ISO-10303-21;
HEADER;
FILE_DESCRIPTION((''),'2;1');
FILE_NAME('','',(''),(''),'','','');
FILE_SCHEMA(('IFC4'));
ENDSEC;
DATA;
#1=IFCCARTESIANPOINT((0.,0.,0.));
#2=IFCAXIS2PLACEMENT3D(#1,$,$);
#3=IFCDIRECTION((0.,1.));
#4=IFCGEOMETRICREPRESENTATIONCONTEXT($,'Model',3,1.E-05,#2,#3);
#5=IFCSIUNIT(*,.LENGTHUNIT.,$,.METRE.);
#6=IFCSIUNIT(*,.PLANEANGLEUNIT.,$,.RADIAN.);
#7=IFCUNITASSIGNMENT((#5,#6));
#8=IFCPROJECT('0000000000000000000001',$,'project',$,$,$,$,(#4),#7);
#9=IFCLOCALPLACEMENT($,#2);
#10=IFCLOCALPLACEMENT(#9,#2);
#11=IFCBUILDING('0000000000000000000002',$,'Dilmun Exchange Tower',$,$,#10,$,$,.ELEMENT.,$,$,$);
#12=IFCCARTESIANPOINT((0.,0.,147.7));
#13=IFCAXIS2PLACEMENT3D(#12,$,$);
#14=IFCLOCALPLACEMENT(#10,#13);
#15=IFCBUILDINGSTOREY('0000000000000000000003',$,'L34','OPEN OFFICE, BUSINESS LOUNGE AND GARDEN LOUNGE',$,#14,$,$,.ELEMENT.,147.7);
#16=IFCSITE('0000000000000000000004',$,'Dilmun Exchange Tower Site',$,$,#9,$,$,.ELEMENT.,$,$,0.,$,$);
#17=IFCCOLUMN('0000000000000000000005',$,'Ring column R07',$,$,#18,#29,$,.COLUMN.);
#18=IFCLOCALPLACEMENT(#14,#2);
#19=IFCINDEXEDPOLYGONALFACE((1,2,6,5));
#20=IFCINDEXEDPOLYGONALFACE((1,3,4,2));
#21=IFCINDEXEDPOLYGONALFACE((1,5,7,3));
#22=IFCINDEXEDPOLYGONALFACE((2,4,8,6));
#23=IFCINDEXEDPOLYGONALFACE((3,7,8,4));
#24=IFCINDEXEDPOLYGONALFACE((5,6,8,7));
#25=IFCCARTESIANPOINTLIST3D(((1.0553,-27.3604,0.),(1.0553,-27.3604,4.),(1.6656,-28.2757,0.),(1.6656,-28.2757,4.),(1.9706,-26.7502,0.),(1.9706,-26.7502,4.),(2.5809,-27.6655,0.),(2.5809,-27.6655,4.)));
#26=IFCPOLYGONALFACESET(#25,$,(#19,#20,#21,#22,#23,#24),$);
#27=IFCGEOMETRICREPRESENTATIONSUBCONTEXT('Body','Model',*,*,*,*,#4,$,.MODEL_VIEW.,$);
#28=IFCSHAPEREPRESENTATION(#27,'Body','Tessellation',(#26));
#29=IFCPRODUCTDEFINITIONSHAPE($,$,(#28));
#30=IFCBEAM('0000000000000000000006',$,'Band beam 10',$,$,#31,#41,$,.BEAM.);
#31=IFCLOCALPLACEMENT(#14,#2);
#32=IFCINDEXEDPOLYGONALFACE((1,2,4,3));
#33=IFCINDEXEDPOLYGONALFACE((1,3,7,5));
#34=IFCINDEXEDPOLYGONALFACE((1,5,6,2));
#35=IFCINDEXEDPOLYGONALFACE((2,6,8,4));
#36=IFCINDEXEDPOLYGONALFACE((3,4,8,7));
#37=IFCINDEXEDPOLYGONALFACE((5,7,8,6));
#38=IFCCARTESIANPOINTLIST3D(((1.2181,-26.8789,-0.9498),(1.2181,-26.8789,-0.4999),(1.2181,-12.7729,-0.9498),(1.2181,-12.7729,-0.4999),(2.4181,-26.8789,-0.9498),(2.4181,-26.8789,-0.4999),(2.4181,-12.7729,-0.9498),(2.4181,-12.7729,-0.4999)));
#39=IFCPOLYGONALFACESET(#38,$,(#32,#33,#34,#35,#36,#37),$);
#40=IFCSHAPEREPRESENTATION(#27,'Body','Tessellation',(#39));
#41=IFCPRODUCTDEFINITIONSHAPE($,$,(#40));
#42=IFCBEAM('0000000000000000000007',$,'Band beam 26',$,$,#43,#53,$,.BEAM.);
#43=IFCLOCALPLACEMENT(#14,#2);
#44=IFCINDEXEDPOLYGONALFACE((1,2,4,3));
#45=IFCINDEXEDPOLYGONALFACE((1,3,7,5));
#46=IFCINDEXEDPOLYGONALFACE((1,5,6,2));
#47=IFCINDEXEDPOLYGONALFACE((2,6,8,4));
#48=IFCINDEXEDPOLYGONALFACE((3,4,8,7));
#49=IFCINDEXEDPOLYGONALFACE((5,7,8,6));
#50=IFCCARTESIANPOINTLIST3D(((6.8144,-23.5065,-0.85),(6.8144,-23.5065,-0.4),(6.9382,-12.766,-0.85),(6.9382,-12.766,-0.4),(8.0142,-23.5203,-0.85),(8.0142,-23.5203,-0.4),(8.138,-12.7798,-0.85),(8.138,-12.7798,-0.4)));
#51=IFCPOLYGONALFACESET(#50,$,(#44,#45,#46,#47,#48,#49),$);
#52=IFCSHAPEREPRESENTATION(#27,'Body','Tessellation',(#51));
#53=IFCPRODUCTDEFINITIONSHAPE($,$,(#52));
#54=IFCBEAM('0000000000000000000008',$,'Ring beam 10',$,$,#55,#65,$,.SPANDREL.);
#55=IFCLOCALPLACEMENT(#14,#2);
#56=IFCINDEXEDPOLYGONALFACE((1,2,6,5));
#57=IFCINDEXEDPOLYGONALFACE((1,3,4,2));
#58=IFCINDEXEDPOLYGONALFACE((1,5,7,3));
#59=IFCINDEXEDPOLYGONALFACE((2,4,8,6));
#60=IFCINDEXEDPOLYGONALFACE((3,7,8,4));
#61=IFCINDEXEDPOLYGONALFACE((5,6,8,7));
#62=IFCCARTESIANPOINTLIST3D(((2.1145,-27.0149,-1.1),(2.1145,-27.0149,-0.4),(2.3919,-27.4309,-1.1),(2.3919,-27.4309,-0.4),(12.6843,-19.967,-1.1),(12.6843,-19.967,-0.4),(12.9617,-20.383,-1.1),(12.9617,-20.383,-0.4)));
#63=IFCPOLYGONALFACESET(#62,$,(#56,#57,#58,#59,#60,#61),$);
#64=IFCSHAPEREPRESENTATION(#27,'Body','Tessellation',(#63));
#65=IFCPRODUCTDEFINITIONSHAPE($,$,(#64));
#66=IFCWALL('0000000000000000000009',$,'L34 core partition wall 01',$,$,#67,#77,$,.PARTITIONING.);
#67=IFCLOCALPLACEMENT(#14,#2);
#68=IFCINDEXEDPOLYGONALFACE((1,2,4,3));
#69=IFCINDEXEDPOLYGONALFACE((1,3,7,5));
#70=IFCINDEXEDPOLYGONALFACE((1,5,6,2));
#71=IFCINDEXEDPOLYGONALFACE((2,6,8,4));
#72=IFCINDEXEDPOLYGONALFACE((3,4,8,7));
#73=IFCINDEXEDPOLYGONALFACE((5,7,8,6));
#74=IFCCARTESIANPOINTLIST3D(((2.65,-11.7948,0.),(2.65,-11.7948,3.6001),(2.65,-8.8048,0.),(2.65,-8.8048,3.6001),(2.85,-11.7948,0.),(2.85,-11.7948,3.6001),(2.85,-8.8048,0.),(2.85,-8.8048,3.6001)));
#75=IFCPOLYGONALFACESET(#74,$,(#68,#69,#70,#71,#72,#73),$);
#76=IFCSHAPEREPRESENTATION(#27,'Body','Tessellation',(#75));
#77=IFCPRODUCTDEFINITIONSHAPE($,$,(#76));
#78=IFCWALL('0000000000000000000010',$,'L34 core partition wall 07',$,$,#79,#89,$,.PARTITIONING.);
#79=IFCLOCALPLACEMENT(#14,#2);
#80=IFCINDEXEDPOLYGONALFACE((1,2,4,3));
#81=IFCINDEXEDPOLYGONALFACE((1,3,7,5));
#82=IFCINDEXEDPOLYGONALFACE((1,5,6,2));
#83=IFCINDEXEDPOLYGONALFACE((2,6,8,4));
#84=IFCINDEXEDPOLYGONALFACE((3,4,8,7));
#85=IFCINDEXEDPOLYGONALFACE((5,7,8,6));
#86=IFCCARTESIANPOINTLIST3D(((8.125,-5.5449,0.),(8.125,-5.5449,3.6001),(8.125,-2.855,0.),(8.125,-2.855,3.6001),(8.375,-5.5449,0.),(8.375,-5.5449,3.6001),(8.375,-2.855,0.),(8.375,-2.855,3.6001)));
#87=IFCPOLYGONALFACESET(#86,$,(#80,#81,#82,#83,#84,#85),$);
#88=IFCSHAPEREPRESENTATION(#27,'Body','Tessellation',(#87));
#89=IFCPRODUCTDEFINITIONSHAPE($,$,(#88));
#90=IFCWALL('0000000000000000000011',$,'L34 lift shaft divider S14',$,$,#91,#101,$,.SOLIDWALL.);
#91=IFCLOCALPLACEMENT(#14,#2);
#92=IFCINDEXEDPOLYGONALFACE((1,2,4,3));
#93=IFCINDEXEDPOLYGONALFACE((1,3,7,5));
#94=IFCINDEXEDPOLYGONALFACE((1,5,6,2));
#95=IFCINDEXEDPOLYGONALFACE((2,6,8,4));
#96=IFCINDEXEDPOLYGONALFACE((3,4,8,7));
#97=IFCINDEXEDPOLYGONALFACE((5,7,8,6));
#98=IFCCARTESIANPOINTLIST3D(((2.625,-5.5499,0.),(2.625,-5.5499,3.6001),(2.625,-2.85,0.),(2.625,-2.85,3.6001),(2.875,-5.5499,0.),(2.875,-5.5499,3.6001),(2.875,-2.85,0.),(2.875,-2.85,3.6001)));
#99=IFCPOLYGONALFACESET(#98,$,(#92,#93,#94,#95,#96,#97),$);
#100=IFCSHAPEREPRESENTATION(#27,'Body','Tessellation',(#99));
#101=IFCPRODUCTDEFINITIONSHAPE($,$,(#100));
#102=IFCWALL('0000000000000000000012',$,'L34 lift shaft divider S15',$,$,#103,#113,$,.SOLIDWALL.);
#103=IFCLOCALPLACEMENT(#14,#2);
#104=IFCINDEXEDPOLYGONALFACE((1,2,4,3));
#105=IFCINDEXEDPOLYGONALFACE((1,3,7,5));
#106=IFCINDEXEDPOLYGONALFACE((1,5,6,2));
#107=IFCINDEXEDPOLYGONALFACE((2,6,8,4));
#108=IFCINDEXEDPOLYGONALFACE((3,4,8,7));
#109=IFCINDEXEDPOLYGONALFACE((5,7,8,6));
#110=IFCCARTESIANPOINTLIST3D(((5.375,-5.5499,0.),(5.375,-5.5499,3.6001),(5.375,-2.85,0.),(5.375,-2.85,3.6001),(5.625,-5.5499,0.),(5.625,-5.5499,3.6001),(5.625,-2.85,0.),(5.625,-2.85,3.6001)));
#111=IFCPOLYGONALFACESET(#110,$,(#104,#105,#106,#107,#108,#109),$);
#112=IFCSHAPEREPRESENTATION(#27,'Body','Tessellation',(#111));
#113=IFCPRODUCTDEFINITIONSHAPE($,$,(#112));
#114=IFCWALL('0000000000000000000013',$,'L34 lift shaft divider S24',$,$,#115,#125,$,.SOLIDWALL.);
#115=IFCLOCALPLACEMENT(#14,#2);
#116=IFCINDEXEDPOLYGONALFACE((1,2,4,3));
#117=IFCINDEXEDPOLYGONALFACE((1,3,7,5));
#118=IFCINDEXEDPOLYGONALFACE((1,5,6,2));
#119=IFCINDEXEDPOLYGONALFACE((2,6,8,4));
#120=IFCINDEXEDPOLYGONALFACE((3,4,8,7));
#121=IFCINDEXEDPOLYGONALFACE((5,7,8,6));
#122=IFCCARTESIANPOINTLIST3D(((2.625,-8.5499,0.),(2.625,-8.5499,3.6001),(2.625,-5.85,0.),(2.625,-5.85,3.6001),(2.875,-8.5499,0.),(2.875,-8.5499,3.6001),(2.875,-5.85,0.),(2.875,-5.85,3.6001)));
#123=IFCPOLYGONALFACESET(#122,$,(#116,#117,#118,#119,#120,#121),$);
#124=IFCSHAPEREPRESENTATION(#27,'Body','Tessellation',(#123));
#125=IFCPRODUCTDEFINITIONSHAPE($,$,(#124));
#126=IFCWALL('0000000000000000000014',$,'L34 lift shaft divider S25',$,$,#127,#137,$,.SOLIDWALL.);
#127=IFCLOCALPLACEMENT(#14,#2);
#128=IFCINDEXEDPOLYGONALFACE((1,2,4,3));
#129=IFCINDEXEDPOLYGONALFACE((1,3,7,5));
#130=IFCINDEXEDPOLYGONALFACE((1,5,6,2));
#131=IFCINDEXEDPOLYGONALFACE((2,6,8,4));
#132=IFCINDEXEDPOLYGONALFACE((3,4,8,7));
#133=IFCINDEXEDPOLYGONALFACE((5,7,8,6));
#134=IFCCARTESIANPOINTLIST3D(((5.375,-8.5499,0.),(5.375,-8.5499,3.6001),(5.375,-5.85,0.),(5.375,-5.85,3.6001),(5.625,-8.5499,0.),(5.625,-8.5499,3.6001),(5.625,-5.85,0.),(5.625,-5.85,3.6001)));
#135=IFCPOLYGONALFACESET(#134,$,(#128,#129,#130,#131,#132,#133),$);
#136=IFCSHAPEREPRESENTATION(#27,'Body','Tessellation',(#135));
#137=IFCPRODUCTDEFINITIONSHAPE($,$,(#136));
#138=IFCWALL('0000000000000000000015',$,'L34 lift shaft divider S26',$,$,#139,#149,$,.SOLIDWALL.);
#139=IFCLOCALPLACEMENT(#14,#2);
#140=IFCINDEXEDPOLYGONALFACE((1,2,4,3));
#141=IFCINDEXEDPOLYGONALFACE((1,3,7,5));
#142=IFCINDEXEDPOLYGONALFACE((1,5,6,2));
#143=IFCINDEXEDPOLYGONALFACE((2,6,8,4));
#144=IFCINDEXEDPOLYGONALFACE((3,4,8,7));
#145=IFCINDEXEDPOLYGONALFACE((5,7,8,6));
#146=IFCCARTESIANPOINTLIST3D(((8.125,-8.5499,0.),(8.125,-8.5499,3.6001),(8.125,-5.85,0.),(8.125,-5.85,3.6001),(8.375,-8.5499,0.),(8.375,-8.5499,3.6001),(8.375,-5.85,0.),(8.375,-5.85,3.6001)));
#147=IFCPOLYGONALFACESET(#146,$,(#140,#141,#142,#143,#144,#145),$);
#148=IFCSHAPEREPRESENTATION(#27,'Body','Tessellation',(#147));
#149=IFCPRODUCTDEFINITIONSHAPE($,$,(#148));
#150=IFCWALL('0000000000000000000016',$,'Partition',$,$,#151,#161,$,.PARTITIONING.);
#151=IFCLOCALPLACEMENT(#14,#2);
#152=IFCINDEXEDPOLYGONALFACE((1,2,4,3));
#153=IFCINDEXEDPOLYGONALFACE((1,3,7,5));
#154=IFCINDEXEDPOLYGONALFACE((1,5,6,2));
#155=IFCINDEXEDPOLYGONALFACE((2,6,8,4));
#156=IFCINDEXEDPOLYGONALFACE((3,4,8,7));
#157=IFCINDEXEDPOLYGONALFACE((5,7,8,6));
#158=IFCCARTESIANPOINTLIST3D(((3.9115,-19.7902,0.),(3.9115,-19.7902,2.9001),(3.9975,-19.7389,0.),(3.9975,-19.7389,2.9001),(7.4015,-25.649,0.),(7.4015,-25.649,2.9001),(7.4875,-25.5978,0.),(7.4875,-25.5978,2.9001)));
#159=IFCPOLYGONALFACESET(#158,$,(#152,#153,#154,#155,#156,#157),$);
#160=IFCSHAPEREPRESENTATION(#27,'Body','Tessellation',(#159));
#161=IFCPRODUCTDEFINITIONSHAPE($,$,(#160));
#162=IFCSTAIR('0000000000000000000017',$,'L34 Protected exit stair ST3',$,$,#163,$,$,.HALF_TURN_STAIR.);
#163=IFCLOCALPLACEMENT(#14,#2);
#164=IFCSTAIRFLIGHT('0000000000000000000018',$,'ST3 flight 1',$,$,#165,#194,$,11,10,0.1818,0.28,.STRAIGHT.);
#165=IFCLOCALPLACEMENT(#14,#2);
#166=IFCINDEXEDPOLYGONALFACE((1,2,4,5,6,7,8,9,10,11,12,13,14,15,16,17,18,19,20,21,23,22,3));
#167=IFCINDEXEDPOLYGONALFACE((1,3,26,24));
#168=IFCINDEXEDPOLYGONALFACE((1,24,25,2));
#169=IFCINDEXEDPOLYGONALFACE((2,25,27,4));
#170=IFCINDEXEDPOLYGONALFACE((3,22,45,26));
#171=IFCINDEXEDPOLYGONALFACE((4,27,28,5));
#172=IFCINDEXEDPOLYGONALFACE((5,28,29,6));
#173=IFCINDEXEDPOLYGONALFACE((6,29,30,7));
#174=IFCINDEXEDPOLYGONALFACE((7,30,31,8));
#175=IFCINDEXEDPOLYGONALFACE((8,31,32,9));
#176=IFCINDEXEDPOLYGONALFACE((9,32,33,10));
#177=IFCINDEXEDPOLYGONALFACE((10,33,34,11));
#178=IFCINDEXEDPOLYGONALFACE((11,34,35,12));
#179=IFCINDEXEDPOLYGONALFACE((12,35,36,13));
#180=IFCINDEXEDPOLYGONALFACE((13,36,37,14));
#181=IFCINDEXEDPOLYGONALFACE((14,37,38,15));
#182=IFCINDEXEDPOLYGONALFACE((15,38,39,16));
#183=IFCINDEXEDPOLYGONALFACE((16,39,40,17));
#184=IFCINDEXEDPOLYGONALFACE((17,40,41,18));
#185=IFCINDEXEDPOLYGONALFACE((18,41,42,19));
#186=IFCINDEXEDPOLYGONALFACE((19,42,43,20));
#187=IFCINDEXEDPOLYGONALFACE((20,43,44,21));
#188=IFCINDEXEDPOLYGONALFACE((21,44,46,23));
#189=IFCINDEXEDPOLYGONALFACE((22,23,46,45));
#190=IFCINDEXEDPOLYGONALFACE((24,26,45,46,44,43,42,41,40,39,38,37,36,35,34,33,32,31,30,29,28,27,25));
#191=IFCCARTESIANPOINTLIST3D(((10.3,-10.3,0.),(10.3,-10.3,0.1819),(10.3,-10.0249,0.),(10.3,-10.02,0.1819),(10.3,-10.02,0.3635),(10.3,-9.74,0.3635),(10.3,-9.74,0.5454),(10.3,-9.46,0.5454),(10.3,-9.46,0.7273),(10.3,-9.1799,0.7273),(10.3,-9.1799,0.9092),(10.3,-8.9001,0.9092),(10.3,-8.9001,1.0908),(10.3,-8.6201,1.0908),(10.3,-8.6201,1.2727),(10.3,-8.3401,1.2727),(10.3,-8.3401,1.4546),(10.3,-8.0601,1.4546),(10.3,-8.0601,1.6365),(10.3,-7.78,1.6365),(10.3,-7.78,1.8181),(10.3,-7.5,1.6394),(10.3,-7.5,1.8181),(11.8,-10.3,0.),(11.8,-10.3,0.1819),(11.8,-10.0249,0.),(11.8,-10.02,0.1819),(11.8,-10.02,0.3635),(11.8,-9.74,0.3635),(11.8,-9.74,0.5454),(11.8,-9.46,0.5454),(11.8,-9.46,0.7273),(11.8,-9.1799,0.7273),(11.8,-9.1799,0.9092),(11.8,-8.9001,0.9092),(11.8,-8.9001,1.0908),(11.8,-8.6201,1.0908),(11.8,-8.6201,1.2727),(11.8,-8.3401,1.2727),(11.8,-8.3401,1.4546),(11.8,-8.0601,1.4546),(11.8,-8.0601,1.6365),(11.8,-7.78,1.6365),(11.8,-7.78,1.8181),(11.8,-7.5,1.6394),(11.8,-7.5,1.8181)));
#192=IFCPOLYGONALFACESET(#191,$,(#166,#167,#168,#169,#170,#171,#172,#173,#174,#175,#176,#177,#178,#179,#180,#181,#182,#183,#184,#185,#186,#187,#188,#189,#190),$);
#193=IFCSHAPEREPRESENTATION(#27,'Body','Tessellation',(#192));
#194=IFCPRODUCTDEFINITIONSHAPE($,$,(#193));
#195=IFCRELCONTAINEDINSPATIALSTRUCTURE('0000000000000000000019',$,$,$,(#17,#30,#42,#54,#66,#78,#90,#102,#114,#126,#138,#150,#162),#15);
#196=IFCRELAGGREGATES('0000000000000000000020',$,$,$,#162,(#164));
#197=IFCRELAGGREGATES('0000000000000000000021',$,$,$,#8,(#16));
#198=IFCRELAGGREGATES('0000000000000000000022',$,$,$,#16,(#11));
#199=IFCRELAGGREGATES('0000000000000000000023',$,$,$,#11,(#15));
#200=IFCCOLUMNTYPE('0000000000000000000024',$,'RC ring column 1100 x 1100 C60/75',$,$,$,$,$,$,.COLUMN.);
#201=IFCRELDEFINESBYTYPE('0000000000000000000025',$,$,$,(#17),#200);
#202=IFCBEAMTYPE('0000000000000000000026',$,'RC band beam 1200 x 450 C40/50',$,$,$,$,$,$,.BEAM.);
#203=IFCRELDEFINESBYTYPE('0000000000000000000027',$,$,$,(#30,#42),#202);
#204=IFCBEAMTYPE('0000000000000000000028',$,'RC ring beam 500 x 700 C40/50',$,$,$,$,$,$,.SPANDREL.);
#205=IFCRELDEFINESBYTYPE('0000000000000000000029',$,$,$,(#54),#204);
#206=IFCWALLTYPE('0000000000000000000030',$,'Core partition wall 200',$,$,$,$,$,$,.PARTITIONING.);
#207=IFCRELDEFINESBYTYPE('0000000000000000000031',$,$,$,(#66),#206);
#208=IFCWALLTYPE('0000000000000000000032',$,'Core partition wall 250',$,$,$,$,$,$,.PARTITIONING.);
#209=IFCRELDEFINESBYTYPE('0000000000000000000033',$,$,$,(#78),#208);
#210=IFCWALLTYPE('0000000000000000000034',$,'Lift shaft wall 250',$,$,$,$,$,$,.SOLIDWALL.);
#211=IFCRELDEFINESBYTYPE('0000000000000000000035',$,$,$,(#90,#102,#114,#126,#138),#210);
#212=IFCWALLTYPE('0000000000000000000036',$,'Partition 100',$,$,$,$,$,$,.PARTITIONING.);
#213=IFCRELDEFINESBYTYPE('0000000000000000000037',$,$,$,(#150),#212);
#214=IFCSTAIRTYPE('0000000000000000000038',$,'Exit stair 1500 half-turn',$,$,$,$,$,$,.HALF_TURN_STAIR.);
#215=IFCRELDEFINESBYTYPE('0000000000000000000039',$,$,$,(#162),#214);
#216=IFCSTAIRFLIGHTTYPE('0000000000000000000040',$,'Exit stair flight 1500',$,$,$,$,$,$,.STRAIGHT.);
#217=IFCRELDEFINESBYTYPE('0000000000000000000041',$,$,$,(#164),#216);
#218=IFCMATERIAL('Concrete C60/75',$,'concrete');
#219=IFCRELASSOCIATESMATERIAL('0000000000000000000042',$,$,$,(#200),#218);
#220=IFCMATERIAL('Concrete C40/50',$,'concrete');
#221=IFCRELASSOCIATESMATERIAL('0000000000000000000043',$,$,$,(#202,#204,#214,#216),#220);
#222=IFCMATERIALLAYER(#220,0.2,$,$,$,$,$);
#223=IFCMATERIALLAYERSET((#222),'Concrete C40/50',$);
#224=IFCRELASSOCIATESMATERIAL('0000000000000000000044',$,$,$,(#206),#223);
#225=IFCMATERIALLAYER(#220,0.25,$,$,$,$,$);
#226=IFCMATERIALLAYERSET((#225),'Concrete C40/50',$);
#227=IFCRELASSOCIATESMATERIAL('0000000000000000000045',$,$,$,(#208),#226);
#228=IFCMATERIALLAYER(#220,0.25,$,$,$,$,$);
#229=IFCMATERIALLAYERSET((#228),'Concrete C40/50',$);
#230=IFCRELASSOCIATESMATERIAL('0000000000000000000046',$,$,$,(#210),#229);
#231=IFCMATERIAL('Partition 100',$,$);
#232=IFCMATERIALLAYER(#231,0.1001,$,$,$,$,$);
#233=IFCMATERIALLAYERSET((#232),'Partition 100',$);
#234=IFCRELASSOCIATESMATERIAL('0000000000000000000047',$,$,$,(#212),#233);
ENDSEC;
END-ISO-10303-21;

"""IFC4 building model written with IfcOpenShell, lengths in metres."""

from ifc_helpers import new_model, si_unit, direction, frame, frame_2d, origin, origin_2d, place, context, subcontext, project, spatial, polyline, rectangle, outline, extrude, material, layer, layer_set, material_profile, profile_set, type_object, element, aggregate, save


model = new_model("IFC4")

# Units and contexts
model_context = context("Model", 3, precision=1e-05, world=origin(), true_north=direction((0.0, 1.0)))
body_context = subcontext(model_context, "Body", "Model", "MODEL_VIEW")
ifc_project = project(units=[si_unit("LENGTHUNIT", "METRE"), si_unit("PLANEANGLEUNIT", "RADIAN")], contexts=[model_context])

# Site, building, storey
site_placement = place(None, origin())
site = spatial("IfcSite", under=ifc_project, at=site_placement, Name="Dilmun Exchange Tower Site", CompositionType="ELEMENT", RefElevation=0.0)
building_placement = place(site_placement, origin())
building = spatial("IfcBuilding", under=site, at=building_placement, Name="Dilmun Exchange Tower", CompositionType="ELEMENT")
storey_placement = place(building_placement, frame((0.0, 0.0, 147.7)))
storey = spatial("IfcBuildingStorey", under=building, at=storey_placement, Name="L34", Description="OPEN OFFICE, BUSINESS LOUNGE AND GARDEN LOUNGE", CompositionType="ELEMENT", Elevation=147.7)

# Column
ifc_material_1 = material(Name="Concrete C60/75", Category="concrete")
ifc_material_profile_1 = material_profile(ifc_material_1, rectangle(XDim=1.1001, YDim=1.1001, at=origin_2d()), Name="1100 x 1100")
ifc_profile_set_1 = profile_set([ifc_material_profile_1], Name="Concrete C60/75")
column_type = type_object("IfcColumnType", Name="RC ring column 1100 x 1100 C60/75", PredefinedType="COLUMN", material=ifc_profile_set_1)
column_placement = place(storey_placement, frame((1.8181, -27.5129, 0.0), z_axis=(0.0, 0.0, 1.0), x_axis=(0.832029, 0.554733, 0.0)))
element("IfcColumn", 1, at=column_placement, inside=storey, type_object=column_type, Name="Ring column R07", PredefinedType="COLUMN", context=body_context, shape_type="SweptSolid", body=[
    extrude(rectangle(XDim=1.1001, YDim=1.1001, at=origin_2d()), origin(), (0.0, 0.0, 1.0), 4.0),
])

# Beams
ifc_material_2 = material(Name="Concrete C40/50", Category="concrete")
ifc_material_profile_2 = material_profile(ifc_material_2, rectangle(XDim=1.2, YDim=0.45, at=origin_2d()), Name="1200 x 450")
ifc_profile_set_2 = profile_set([ifc_material_profile_2], Name="Concrete C40/50")
beam_type_1 = type_object("IfcBeamType", Name="RC band beam 1200 x 450 C40/50", PredefinedType="BEAM", material=ifc_profile_set_2)
beam_1_placement = place(storey_placement, frame((1.8181, -26.8789, -0.7249), z_axis=(0.0, 1.0, 0.0), x_axis=(-1.0, 0.0, 0.0)))
element("IfcBeam", 2, at=beam_1_placement, inside=storey, type_object=beam_type_1, Name="Band beam 10", PredefinedType="BEAM", context=body_context, shape_type="SweptSolid", body=[
    extrude(rectangle(XDim=1.2, YDim=0.45, at=origin_2d()), origin(), (0.0, 0.0, 1.0), 14.106),
])
beam_2_placement = place(storey_placement, frame((7.4143, -23.5134, -0.625), z_axis=(0.011524, 0.999934, 0.0), x_axis=(-0.999934, 0.011524, 0.0)))
element("IfcBeam", 3, at=beam_2_placement, inside=storey, type_object=beam_type_1, Name="Band beam 26", PredefinedType="BEAM", context=body_context, shape_type="SweptSolid", body=[
    extrude(rectangle(XDim=1.2, YDim=0.45, at=origin_2d()), origin(), (0.0, 0.0, 1.0), 10.7412),
])
ifc_material_profile_3 = material_profile(ifc_material_2, rectangle(XDim=0.5, YDim=0.7, at=origin_2d()), Name="500 x 700")
ifc_profile_set_3 = profile_set([ifc_material_profile_3], Name="Concrete C40/50")
beam_type_2 = type_object("IfcBeamType", Name="RC ring beam 500 x 700 C40/50", PredefinedType="SPANDREL", material=ifc_profile_set_3)
beam_3_placement = place(storey_placement, frame((2.2532, -27.2229, -0.75), z_axis=(0.832003, 0.554771, 0.0), x_axis=(-0.554771, 0.832003, 0.0)))
element("IfcBeam", 4, at=beam_3_placement, inside=storey, type_object=beam_type_2, Name="Ring beam 10", PredefinedType="SPANDREL", context=body_context, shape_type="SweptSolid", body=[
    extrude(rectangle(XDim=0.5, YDim=0.7, at=origin_2d()), origin(), (0.0, 0.0, 1.0), 12.7041),
])

# Walls
ifc_layer_1 = layer(ifc_material_2, 0.2)
ifc_layer_set_1 = layer_set([ifc_layer_1], Name="Concrete C40/50")
wall_type_1 = type_object("IfcWallType", Name="Core partition wall 200", PredefinedType="PARTITIONING", material=ifc_layer_set_1)
wall_1_placement = place(storey_placement, frame((2.75, -11.7949, 0.0), z_axis=(0.0, 0.0, 1.0), x_axis=(0.0, 1.0, 0.0)))
element("IfcWall", 5, at=wall_1_placement, inside=storey, type_object=wall_type_1, Name="L34 core partition wall 01", PredefinedType="PARTITIONING", context=body_context, shape_type="SweptSolid", body=[
    extrude(rectangle(XDim=2.99, YDim=0.2, at=frame_2d((1.4951, 0.0))), origin(), (0.0, 0.0, 1.0), 3.6001),
])
ifc_layer_2 = layer(ifc_material_2, 0.25)
ifc_layer_set_2 = layer_set([ifc_layer_2], Name="Concrete C40/50")
wall_type_2 = type_object("IfcWallType", Name="Core partition wall 250", PredefinedType="PARTITIONING", material=ifc_layer_set_2)
wall_2_placement = place(storey_placement, frame((8.25, -5.5449, 0.0), z_axis=(0.0, 0.0, 1.0), x_axis=(0.0, 1.0, 0.0)))
element("IfcWall", 6, at=wall_2_placement, inside=storey, type_object=wall_type_2, Name="L34 core partition wall 07", PredefinedType="PARTITIONING", context=body_context, shape_type="SweptSolid", body=[
    extrude(rectangle(XDim=2.6899, YDim=0.25, at=frame_2d((1.345, 0.0))), origin(), (0.0, 0.0, 1.0), 3.6001),
])
ifc_layer_3 = layer(ifc_material_2, 0.25)
ifc_layer_set_3 = layer_set([ifc_layer_3], Name="Concrete C40/50")
wall_type_3 = type_object("IfcWallType", Name="Lift shaft wall 250", PredefinedType="SOLIDWALL", material=ifc_layer_set_3)
for number, where, z_axis, x_axis, name in (
    (7, (2.75, -5.55, 0.0), (0.0, 0.0, 1.0), (0.0, 1.0, 0.0), "L34 lift shaft divider S14"),
    (8, (5.5, -5.55, 0.0), (0.0, 0.0, 1.0), (0.0, 1.0, 0.0), "L34 lift shaft divider S15"),
    (9, (2.75, -8.55, 0.0), (0.0, 0.0, 1.0), (0.0, 1.0, 0.0), "L34 lift shaft divider S24"),
    (10, (5.5, -8.55, 0.0), (0.0, 0.0, 1.0), (0.0, 1.0, 0.0), "L34 lift shaft divider S25"),
    (11, (8.25, -8.55, 0.0), (0.0, 0.0, 1.0), (0.0, 1.0, 0.0), "L34 lift shaft divider S26"),
):
    element("IfcWall", number, at=place(storey_placement, frame(where, z_axis=z_axis, x_axis=x_axis)), inside=storey, type_object=wall_type_3, Name=name, PredefinedType="SOLIDWALL", context=body_context, shape_type="SweptSolid", body=[
        extrude(rectangle(XDim=2.7, YDim=0.25, at=frame_2d((1.3501, 0.0))), origin(), (0.0, 0.0, 1.0), 3.6001),
    ])
ifc_material_3 = material(Name="Partition 100")
ifc_layer_4 = layer(ifc_material_3, 0.1001)
ifc_layer_set_4 = layer_set([ifc_layer_4], Name="Partition 100")
wall_type_4 = type_object("IfcWallType", Name="Partition 100", PredefinedType="PARTITIONING", material=ifc_layer_set_4)
wall_3_placement = place(storey_placement, frame((3.9546, -19.7646, 0.0), z_axis=(0.0, 0.0, 1.0), x_axis=(0.511761, -0.859128, 0.0)))
element("IfcWall", 12, at=wall_3_placement, inside=storey, type_object=wall_type_4, Name="Partition", PredefinedType="PARTITIONING", context=body_context, shape_type="SweptSolid", body=[
    extrude(rectangle(XDim=6.8196, YDim=0.1001, at=frame_2d((3.4097, 0.0))), origin(), (0.0, 0.0, 1.0), 2.9001),
])

# Stair, stair flight
stair_type = type_object("IfcStairType", Name="Exit stair 1500 half-turn", PredefinedType="HALF_TURN_STAIR", material=ifc_material_2)
stair_placement = place(storey_placement, origin())
stair = element("IfcStair", 13, at=stair_placement, inside=storey, type_object=stair_type, Name="L34 Protected exit stair ST3", PredefinedType="HALF_TURN_STAIR")
stair_flight_type = type_object("IfcStairFlightType", Name="Exit stair flight 1500", PredefinedType="STRAIGHT", material=ifc_material_2)
stair_flight_1_placement = place(storey_placement, frame((11.05, -10.3, 0.0), z_axis=(0.0, 0.0, 1.0), x_axis=(0.0, 1.0, 0.0)))
stair_flight_1 = element("IfcStairFlight", 14, at=stair_flight_1_placement, type_object=stair_flight_type, Name="ST3 flight 1", NumberOfRisers=11, NumberOfTreads=10, PredefinedType="STRAIGHT", RiserHeight=0.1818, TreadLength=0.28, context=body_context, shape_type="SweptSolid", body=[
    extrude(outline(polyline([(0.0, 0.0), (0.0, 0.1819), (0.28, 0.1819), (0.28, 0.3635), (0.5601, 0.3635), (0.5601, 0.5454), (0.8401, 0.5454), (0.8401, 0.7273), (1.1201, 0.7273), (1.1201, 0.9092), (1.3999, 0.9092), (1.3999, 1.0908), (1.6799, 1.0908), (1.6799, 1.2727), (1.96, 1.2727), (1.96, 1.4546), (2.24, 1.4546), (2.24, 1.6365), (2.52, 1.6365), (2.52, 1.8181), (2.8, 1.8181), (2.8, 2.0), (2.8, 1.6394), (0.2751, 0.0), (0.0, 0.0)])), frame((0.0, 0.75, 0.0), z_axis=(0.0, -1.0, 0.0), x_axis=(1.0, 0.0, 0.0)), (0.0, 0.0, 1.0), 1.5),
])
aggregate(stair, [stair_flight_1])

save(model, "model.ifc")
